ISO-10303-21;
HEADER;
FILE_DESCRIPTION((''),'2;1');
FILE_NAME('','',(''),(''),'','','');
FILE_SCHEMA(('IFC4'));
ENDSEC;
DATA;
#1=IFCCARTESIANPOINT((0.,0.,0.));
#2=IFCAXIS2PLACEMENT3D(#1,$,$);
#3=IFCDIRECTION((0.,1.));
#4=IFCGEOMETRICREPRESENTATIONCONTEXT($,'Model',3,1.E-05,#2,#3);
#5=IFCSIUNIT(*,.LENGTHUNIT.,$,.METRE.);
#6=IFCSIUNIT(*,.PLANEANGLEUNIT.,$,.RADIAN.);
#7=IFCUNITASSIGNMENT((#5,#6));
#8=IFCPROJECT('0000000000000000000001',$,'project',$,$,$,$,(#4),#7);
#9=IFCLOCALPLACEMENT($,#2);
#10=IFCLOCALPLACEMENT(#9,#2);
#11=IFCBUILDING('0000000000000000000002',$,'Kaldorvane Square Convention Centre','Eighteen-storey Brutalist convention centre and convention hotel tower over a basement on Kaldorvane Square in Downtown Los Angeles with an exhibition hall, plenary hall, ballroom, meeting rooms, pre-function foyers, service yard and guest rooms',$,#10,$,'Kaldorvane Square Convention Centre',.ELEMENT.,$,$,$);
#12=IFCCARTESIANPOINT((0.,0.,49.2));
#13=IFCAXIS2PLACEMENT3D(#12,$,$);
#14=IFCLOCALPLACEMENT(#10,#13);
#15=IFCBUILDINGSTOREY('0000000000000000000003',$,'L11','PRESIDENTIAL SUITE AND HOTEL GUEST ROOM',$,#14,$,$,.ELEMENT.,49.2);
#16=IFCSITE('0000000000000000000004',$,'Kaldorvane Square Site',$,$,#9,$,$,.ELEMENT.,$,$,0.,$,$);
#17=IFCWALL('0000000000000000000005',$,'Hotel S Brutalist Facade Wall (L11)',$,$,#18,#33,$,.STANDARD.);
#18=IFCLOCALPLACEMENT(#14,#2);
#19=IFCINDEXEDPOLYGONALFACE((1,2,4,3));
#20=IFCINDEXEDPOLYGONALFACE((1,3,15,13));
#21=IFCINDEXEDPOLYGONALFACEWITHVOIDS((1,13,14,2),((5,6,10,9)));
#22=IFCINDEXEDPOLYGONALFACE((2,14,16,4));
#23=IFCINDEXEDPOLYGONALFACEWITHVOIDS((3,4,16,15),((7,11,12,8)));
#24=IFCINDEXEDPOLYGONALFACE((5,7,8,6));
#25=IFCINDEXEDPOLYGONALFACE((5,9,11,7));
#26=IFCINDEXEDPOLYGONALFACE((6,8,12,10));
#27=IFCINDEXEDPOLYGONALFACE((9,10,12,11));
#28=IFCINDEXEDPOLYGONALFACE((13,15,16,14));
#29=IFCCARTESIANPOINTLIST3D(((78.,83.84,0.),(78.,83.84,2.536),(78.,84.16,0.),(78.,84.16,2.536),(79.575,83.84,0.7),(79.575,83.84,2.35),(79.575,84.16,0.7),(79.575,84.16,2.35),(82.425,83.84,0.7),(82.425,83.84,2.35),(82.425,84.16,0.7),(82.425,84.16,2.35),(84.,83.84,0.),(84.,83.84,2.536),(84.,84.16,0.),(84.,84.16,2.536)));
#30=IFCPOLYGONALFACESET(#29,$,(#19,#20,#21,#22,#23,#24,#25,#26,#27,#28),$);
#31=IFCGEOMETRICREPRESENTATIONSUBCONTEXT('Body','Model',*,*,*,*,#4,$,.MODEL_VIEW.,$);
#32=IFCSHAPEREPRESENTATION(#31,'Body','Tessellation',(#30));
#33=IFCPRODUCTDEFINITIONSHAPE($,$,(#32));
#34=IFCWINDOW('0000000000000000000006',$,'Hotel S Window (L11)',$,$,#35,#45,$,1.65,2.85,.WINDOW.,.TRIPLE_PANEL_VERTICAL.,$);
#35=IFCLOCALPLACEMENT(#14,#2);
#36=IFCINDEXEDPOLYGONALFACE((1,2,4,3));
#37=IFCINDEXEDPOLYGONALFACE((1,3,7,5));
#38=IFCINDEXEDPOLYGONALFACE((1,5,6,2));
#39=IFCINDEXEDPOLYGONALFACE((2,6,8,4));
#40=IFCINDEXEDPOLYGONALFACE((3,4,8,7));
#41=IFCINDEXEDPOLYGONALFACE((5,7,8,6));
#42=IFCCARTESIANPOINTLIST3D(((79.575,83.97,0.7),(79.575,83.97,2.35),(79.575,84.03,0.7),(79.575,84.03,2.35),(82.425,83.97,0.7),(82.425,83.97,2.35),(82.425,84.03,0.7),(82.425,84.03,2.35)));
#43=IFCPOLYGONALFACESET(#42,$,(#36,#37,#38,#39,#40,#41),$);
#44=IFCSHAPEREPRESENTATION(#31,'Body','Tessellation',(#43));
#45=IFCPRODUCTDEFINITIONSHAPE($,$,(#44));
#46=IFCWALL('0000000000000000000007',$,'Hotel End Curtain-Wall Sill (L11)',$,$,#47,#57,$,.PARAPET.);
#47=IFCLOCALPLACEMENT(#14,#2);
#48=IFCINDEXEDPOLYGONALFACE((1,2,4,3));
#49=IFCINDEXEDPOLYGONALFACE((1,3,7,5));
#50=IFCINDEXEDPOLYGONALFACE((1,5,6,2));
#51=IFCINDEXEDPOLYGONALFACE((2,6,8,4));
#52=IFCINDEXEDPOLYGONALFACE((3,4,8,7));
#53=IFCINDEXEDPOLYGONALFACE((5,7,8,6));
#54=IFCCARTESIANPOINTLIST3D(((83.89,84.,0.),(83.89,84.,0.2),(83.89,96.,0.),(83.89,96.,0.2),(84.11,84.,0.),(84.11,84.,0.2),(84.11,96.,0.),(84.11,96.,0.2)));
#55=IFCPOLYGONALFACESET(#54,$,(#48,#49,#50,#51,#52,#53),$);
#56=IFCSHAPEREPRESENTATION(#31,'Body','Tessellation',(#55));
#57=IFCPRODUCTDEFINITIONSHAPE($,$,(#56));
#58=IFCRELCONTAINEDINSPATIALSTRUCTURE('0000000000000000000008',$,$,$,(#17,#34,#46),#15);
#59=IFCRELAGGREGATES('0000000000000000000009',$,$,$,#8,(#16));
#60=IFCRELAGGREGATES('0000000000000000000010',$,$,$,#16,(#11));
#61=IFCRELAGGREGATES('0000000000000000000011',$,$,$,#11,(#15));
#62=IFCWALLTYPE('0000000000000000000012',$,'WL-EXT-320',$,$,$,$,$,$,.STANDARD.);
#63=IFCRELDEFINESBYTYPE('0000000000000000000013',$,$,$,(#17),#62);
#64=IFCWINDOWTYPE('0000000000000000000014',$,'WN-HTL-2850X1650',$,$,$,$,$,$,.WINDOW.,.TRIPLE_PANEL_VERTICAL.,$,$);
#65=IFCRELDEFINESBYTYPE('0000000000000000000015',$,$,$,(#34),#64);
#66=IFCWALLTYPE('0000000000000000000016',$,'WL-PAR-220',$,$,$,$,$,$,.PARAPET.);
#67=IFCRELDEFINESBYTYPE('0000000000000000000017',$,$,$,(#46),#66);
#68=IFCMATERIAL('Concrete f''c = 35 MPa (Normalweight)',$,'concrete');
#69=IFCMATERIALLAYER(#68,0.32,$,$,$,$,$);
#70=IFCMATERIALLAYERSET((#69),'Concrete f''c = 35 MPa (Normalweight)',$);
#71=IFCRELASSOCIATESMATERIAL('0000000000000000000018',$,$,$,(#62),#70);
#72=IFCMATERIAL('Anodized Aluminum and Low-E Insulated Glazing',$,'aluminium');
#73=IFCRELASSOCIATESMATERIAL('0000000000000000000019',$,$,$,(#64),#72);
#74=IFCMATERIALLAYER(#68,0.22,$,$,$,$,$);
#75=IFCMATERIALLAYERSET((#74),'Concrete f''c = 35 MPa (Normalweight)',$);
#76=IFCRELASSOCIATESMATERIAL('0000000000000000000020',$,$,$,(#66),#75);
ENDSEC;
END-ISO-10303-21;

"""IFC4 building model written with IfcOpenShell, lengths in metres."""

from ifc_helpers import new_model, si_unit, direction, frame, frame_2d, origin, place, context, subcontext, project, spatial, rectangle, extrude, material, layer, layer_set, type_object, element, fill, save


model = new_model("IFC4")

# Units and contexts
model_context = context("Model", 3, precision=1e-05, world=origin(), true_north=direction((0.0, 1.0)))
body_context = subcontext(model_context, "Body", "Model", "MODEL_VIEW")
ifc_project = project(units=[si_unit("LENGTHUNIT", "METRE"), si_unit("PLANEANGLEUNIT", "RADIAN")], contexts=[model_context])

# Site, building, storey
site_placement = place(None, origin())
site = spatial("IfcSite", under=ifc_project, at=site_placement, Name="Kaldorvane Square Site", CompositionType="ELEMENT", RefElevation=0.0)
building_placement = place(site_placement, origin())
building = spatial("IfcBuilding", under=site, at=building_placement, Name="Kaldorvane Square Convention Centre", Description="Eighteen-storey Brutalist convention centre and convention hotel tower over a basement on Kaldorvane Square in Downtown Los Angeles with an exhibition hall, plenary hall, ballroom, meeting rooms, pre-function foyers, service yard and guest rooms", LongName="Kaldorvane Square Convention Centre", CompositionType="ELEMENT")
storey_placement = place(building_placement, frame((0.0, 0.0, 49.2)))
storey = spatial("IfcBuildingStorey", under=building, at=storey_placement, Name="L11", Description="PRESIDENTIAL SUITE AND HOTEL GUEST ROOM", CompositionType="ELEMENT", Elevation=49.2)

# Shared definitions
ifc_material_1 = material(Name="Concrete f'c = 35 MPa (Normalweight)", Category="concrete")
ifc_layer_1 = layer(ifc_material_1, 0.32)
ifc_layer_set_1 = layer_set([ifc_layer_1], Name="Concrete f'c = 35 MPa (Normalweight)")
wall_type_1 = type_object("IfcWallType", Name="WL-EXT-320", PredefinedType="STANDARD", material=ifc_layer_set_1)
ifc_material_2 = material(Name="Anodized Aluminum and Low-E Insulated Glazing", Category="aluminium")
window_type_1 = type_object("IfcWindowType", Name="WN-HTL-2850X1650", PartitioningType="TRIPLE_PANEL_VERTICAL", PredefinedType="WINDOW", material=ifc_material_2)

# Wall, opening, window
wall_1_placement = place(storey_placement, frame((78.0, 84.0, 0.0), z_axis=(0.0, 0.0, 1.0), x_axis=(1.0, 0.0, 0.0)))
wall_1 = element("IfcWall", 1, at=wall_1_placement, inside=storey, type_object=wall_type_1, Name="Hotel S Brutalist Facade Wall (L11)", PredefinedType="STANDARD", context=body_context, shape_type="SweptSolid", body=[
    extrude(rectangle(XDim=6.0, YDim=0.32, at=frame_2d((3.0, 0.0))), origin(), (0.0, 0.0, 1.0), 2.536),
])
opening_1_placement = place(wall_1_placement, frame((1.575, 0.0, 0.7)))
opening_1 = element("IfcOpeningElement", 2, at=opening_1_placement, cuts=wall_1, PredefinedType="OPENING", context=body_context, shape_type="SweptSolid", body=[
    extrude(rectangle(XDim=2.85, YDim=1.65, at=frame_2d((1.425, 0.825))), frame((0.0, 0.175, 0.0), z_axis=(0.0, -1.0, 0.0), x_axis=(1.0, 0.0, 0.0)), (0.0, 0.0, 1.0), 0.35),
])
window_1_placement = place(opening_1_placement, origin())
window_1 = element("IfcWindow", 3, at=window_1_placement, inside=storey, type_object=window_type_1, Name="Hotel S Window (L11)", OverallHeight=1.65, OverallWidth=2.85, PartitioningType="TRIPLE_PANEL_VERTICAL", PredefinedType="WINDOW", context=body_context, shape_type="SweptSolid", body=[
    extrude(rectangle(XDim=2.85, YDim=1.65, at=frame_2d((1.425, 0.825))), frame((0.0, 0.03, 0.0), z_axis=(0.0, -1.0, 0.0), x_axis=(1.0, 0.0, 0.0)), (0.0, 0.0, 1.0), 0.06),
])
fill(opening_1, window_1)

# Wall
ifc_layer_2 = layer(ifc_material_1, 0.22)
ifc_layer_set_2 = layer_set([ifc_layer_2], Name="Concrete f'c = 35 MPa (Normalweight)")
wall_type_2 = type_object("IfcWallType", Name="WL-PAR-220", PredefinedType="PARAPET", material=ifc_layer_set_2)
wall_2_placement = place(storey_placement, frame((84.0, 84.0, 0.0), z_axis=(0.0, 0.0, 1.0), x_axis=(0.0, 1.0, 0.0)))
element("IfcWall", 4, at=wall_2_placement, inside=storey, type_object=wall_type_2, Name="Hotel End Curtain-Wall Sill (L11)", PredefinedType="PARAPET", context=body_context, shape_type="SweptSolid", body=[
    extrude(rectangle(XDim=12.0, YDim=0.22, at=frame_2d((6.0, 0.0))), origin(), (0.0, 0.0, 1.0), 0.2),
])

save(model, "model.ifc")
